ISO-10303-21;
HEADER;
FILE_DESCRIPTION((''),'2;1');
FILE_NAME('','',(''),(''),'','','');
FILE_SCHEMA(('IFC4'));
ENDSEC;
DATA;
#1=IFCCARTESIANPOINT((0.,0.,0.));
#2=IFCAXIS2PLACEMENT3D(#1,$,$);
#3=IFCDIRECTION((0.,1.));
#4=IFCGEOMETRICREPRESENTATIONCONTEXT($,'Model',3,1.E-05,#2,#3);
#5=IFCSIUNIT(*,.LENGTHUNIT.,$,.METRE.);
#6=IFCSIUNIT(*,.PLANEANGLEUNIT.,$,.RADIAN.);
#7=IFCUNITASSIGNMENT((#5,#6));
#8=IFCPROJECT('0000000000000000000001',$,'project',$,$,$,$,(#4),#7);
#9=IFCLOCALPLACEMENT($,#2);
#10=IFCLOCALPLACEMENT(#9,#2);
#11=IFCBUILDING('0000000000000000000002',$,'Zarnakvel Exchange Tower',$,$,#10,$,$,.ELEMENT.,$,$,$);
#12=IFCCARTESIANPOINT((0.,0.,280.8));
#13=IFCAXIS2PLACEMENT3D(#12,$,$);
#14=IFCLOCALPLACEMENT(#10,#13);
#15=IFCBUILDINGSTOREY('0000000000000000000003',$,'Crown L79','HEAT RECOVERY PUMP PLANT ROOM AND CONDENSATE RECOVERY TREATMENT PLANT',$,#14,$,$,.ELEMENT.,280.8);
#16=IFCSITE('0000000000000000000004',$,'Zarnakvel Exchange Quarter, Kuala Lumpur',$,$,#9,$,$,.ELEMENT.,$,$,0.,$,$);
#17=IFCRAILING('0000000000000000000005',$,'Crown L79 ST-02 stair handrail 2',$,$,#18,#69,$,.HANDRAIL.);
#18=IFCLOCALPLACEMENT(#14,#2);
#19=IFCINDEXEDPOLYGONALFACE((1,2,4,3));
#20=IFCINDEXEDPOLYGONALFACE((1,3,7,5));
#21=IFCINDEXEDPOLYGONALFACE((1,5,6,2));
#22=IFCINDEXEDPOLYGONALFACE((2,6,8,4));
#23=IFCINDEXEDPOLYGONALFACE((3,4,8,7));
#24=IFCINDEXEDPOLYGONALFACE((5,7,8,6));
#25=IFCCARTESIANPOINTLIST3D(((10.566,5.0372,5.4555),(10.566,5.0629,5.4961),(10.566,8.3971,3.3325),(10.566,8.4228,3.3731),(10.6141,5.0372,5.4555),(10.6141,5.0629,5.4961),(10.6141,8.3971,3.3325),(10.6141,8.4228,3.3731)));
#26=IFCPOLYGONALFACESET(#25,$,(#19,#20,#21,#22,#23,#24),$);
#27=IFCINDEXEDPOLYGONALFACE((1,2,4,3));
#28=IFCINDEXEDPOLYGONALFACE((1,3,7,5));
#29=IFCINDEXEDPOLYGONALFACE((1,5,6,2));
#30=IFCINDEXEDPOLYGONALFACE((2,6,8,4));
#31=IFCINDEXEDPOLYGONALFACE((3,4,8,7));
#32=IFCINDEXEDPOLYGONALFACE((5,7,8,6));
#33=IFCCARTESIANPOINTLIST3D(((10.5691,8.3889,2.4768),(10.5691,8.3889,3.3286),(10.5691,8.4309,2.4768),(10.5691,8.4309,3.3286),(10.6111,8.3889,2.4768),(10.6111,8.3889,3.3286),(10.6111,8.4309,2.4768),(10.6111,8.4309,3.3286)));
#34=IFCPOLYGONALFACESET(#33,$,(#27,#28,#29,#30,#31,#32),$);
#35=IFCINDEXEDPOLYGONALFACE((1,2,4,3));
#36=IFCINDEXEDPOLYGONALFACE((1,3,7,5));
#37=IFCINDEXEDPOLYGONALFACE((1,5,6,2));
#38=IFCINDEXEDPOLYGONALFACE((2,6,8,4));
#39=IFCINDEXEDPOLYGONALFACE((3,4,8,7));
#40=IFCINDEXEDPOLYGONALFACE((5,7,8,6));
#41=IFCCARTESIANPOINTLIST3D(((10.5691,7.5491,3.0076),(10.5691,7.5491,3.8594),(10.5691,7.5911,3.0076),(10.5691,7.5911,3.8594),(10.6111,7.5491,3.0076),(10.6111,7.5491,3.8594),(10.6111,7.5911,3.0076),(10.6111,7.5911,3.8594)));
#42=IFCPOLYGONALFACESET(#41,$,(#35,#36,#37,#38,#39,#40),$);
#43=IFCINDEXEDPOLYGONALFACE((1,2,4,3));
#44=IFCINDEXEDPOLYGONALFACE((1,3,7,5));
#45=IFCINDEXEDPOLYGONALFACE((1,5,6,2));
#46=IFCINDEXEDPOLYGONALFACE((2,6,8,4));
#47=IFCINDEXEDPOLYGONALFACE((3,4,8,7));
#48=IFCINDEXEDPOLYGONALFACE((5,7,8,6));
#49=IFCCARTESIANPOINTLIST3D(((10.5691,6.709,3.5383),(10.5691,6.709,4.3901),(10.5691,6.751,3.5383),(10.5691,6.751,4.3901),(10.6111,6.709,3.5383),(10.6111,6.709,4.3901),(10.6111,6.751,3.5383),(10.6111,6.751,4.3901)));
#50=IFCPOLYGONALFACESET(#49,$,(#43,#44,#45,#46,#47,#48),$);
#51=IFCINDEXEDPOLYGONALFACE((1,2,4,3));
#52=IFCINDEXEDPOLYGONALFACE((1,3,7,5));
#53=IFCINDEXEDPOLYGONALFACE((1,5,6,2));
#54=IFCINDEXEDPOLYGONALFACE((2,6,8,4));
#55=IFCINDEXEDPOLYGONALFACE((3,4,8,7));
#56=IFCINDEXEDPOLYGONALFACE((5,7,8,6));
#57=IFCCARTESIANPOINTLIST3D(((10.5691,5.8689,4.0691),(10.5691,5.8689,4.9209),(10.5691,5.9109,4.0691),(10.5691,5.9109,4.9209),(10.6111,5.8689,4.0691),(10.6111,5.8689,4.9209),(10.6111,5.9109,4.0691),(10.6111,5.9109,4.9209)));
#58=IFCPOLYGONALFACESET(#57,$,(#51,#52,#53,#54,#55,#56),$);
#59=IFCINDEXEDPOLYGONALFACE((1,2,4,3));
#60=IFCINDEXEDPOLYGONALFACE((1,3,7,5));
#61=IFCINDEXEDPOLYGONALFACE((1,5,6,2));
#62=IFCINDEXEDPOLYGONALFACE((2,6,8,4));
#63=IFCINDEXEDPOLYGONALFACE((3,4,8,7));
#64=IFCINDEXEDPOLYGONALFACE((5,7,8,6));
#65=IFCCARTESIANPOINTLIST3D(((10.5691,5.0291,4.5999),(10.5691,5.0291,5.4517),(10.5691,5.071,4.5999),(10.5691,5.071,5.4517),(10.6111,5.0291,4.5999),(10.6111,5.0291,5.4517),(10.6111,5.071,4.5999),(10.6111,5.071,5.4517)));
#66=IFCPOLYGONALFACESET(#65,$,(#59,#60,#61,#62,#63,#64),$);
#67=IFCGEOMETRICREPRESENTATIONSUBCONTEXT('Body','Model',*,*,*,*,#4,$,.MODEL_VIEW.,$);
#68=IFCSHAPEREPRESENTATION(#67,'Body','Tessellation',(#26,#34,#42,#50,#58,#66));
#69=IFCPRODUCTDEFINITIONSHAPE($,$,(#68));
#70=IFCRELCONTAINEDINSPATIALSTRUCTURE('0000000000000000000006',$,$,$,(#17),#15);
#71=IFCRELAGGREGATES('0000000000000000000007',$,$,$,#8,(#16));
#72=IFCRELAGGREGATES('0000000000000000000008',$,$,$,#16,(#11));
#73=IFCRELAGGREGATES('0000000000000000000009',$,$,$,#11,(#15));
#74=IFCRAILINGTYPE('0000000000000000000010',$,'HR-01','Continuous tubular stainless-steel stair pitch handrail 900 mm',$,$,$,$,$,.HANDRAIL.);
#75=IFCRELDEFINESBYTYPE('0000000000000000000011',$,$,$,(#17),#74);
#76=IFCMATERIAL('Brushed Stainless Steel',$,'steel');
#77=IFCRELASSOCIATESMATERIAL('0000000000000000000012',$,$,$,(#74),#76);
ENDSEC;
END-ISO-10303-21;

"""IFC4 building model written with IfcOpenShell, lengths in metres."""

from ifc_helpers import new_model, si_unit, direction, frame, origin, origin_2d, place, context, subcontext, project, spatial, rectangle, extrude, material, type_object, element, save


model = new_model("IFC4")

# Units and contexts
model_context = context("Model", 3, precision=1e-05, world=origin(), true_north=direction((0.0, 1.0)))
body_context = subcontext(model_context, "Body", "Model", "MODEL_VIEW")
ifc_project = project(units=[si_unit("LENGTHUNIT", "METRE"), si_unit("PLANEANGLEUNIT", "RADIAN")], contexts=[model_context])

# Site, building, storey
site_placement = place(None, origin())
site = spatial("IfcSite", under=ifc_project, at=site_placement, Name="Zarnakvel Exchange Quarter, Kuala Lumpur", CompositionType="ELEMENT", RefElevation=0.0)
building_placement = place(site_placement, origin())
building = spatial("IfcBuilding", under=site, at=building_placement, Name="Zarnakvel Exchange Tower", CompositionType="ELEMENT")
storey_placement = place(building_placement, frame((0.0, 0.0, 280.8)))
storey = spatial("IfcBuildingStorey", under=building, at=storey_placement, Name="Crown L79", Description="HEAT RECOVERY PUMP PLANT ROOM AND CONDENSATE RECOVERY TREATMENT PLANT", CompositionType="ELEMENT", Elevation=280.8)

# Shared definitions
ifc_material_1 = material(Name="Brushed Stainless Steel", Category="steel")

# Railing
railing_type = type_object("IfcRailingType", Name="HR-01", Description="Continuous tubular stainless-steel stair pitch handrail 900 mm", PredefinedType="HANDRAIL", material=ifc_material_1)
railing_placement = place(storey_placement, frame((10.5901, 8.4099, 2.4768)))
element("IfcRailing", 1, at=railing_placement, inside=storey, type_object=railing_type, Name="Crown L79 ST-02 stair handrail 2", PredefinedType="HANDRAIL", context=body_context, shape_type="SweptSolid", body=[
    extrude(rectangle(XDim=0.0481, YDim=0.0481, at=origin_2d()), frame((0.0, 0.0, 0.876), z_axis=(0.0, -0.845372, 0.534178), x_axis=(1.0, 0.0, 0.0)), (0.0, 0.0, 1.0), 3.9744),
    extrude(rectangle(XDim=0.042, YDim=0.042, at=origin_2d()), origin(), (0.0, 0.0, 1.0), 0.8518),
    extrude(rectangle(XDim=0.042, YDim=0.042, at=origin_2d()), frame((0.0, -0.8398, 0.5308)), (0.0, 0.0, 1.0), 0.8518),
    extrude(rectangle(XDim=0.042, YDim=0.042, at=origin_2d()), frame((0.0, -1.6799, 1.0615)), (0.0, 0.0, 1.0), 0.8518),
    extrude(rectangle(XDim=0.042, YDim=0.042, at=origin_2d()), frame((0.0, -2.52, 1.5923)), (0.0, 0.0, 1.0), 0.8518),
    extrude(rectangle(XDim=0.042, YDim=0.042, at=origin_2d()), frame((0.0, -3.3599, 2.123)), (0.0, 0.0, 1.0), 0.8518),
])

save(model, "model.ifc")
